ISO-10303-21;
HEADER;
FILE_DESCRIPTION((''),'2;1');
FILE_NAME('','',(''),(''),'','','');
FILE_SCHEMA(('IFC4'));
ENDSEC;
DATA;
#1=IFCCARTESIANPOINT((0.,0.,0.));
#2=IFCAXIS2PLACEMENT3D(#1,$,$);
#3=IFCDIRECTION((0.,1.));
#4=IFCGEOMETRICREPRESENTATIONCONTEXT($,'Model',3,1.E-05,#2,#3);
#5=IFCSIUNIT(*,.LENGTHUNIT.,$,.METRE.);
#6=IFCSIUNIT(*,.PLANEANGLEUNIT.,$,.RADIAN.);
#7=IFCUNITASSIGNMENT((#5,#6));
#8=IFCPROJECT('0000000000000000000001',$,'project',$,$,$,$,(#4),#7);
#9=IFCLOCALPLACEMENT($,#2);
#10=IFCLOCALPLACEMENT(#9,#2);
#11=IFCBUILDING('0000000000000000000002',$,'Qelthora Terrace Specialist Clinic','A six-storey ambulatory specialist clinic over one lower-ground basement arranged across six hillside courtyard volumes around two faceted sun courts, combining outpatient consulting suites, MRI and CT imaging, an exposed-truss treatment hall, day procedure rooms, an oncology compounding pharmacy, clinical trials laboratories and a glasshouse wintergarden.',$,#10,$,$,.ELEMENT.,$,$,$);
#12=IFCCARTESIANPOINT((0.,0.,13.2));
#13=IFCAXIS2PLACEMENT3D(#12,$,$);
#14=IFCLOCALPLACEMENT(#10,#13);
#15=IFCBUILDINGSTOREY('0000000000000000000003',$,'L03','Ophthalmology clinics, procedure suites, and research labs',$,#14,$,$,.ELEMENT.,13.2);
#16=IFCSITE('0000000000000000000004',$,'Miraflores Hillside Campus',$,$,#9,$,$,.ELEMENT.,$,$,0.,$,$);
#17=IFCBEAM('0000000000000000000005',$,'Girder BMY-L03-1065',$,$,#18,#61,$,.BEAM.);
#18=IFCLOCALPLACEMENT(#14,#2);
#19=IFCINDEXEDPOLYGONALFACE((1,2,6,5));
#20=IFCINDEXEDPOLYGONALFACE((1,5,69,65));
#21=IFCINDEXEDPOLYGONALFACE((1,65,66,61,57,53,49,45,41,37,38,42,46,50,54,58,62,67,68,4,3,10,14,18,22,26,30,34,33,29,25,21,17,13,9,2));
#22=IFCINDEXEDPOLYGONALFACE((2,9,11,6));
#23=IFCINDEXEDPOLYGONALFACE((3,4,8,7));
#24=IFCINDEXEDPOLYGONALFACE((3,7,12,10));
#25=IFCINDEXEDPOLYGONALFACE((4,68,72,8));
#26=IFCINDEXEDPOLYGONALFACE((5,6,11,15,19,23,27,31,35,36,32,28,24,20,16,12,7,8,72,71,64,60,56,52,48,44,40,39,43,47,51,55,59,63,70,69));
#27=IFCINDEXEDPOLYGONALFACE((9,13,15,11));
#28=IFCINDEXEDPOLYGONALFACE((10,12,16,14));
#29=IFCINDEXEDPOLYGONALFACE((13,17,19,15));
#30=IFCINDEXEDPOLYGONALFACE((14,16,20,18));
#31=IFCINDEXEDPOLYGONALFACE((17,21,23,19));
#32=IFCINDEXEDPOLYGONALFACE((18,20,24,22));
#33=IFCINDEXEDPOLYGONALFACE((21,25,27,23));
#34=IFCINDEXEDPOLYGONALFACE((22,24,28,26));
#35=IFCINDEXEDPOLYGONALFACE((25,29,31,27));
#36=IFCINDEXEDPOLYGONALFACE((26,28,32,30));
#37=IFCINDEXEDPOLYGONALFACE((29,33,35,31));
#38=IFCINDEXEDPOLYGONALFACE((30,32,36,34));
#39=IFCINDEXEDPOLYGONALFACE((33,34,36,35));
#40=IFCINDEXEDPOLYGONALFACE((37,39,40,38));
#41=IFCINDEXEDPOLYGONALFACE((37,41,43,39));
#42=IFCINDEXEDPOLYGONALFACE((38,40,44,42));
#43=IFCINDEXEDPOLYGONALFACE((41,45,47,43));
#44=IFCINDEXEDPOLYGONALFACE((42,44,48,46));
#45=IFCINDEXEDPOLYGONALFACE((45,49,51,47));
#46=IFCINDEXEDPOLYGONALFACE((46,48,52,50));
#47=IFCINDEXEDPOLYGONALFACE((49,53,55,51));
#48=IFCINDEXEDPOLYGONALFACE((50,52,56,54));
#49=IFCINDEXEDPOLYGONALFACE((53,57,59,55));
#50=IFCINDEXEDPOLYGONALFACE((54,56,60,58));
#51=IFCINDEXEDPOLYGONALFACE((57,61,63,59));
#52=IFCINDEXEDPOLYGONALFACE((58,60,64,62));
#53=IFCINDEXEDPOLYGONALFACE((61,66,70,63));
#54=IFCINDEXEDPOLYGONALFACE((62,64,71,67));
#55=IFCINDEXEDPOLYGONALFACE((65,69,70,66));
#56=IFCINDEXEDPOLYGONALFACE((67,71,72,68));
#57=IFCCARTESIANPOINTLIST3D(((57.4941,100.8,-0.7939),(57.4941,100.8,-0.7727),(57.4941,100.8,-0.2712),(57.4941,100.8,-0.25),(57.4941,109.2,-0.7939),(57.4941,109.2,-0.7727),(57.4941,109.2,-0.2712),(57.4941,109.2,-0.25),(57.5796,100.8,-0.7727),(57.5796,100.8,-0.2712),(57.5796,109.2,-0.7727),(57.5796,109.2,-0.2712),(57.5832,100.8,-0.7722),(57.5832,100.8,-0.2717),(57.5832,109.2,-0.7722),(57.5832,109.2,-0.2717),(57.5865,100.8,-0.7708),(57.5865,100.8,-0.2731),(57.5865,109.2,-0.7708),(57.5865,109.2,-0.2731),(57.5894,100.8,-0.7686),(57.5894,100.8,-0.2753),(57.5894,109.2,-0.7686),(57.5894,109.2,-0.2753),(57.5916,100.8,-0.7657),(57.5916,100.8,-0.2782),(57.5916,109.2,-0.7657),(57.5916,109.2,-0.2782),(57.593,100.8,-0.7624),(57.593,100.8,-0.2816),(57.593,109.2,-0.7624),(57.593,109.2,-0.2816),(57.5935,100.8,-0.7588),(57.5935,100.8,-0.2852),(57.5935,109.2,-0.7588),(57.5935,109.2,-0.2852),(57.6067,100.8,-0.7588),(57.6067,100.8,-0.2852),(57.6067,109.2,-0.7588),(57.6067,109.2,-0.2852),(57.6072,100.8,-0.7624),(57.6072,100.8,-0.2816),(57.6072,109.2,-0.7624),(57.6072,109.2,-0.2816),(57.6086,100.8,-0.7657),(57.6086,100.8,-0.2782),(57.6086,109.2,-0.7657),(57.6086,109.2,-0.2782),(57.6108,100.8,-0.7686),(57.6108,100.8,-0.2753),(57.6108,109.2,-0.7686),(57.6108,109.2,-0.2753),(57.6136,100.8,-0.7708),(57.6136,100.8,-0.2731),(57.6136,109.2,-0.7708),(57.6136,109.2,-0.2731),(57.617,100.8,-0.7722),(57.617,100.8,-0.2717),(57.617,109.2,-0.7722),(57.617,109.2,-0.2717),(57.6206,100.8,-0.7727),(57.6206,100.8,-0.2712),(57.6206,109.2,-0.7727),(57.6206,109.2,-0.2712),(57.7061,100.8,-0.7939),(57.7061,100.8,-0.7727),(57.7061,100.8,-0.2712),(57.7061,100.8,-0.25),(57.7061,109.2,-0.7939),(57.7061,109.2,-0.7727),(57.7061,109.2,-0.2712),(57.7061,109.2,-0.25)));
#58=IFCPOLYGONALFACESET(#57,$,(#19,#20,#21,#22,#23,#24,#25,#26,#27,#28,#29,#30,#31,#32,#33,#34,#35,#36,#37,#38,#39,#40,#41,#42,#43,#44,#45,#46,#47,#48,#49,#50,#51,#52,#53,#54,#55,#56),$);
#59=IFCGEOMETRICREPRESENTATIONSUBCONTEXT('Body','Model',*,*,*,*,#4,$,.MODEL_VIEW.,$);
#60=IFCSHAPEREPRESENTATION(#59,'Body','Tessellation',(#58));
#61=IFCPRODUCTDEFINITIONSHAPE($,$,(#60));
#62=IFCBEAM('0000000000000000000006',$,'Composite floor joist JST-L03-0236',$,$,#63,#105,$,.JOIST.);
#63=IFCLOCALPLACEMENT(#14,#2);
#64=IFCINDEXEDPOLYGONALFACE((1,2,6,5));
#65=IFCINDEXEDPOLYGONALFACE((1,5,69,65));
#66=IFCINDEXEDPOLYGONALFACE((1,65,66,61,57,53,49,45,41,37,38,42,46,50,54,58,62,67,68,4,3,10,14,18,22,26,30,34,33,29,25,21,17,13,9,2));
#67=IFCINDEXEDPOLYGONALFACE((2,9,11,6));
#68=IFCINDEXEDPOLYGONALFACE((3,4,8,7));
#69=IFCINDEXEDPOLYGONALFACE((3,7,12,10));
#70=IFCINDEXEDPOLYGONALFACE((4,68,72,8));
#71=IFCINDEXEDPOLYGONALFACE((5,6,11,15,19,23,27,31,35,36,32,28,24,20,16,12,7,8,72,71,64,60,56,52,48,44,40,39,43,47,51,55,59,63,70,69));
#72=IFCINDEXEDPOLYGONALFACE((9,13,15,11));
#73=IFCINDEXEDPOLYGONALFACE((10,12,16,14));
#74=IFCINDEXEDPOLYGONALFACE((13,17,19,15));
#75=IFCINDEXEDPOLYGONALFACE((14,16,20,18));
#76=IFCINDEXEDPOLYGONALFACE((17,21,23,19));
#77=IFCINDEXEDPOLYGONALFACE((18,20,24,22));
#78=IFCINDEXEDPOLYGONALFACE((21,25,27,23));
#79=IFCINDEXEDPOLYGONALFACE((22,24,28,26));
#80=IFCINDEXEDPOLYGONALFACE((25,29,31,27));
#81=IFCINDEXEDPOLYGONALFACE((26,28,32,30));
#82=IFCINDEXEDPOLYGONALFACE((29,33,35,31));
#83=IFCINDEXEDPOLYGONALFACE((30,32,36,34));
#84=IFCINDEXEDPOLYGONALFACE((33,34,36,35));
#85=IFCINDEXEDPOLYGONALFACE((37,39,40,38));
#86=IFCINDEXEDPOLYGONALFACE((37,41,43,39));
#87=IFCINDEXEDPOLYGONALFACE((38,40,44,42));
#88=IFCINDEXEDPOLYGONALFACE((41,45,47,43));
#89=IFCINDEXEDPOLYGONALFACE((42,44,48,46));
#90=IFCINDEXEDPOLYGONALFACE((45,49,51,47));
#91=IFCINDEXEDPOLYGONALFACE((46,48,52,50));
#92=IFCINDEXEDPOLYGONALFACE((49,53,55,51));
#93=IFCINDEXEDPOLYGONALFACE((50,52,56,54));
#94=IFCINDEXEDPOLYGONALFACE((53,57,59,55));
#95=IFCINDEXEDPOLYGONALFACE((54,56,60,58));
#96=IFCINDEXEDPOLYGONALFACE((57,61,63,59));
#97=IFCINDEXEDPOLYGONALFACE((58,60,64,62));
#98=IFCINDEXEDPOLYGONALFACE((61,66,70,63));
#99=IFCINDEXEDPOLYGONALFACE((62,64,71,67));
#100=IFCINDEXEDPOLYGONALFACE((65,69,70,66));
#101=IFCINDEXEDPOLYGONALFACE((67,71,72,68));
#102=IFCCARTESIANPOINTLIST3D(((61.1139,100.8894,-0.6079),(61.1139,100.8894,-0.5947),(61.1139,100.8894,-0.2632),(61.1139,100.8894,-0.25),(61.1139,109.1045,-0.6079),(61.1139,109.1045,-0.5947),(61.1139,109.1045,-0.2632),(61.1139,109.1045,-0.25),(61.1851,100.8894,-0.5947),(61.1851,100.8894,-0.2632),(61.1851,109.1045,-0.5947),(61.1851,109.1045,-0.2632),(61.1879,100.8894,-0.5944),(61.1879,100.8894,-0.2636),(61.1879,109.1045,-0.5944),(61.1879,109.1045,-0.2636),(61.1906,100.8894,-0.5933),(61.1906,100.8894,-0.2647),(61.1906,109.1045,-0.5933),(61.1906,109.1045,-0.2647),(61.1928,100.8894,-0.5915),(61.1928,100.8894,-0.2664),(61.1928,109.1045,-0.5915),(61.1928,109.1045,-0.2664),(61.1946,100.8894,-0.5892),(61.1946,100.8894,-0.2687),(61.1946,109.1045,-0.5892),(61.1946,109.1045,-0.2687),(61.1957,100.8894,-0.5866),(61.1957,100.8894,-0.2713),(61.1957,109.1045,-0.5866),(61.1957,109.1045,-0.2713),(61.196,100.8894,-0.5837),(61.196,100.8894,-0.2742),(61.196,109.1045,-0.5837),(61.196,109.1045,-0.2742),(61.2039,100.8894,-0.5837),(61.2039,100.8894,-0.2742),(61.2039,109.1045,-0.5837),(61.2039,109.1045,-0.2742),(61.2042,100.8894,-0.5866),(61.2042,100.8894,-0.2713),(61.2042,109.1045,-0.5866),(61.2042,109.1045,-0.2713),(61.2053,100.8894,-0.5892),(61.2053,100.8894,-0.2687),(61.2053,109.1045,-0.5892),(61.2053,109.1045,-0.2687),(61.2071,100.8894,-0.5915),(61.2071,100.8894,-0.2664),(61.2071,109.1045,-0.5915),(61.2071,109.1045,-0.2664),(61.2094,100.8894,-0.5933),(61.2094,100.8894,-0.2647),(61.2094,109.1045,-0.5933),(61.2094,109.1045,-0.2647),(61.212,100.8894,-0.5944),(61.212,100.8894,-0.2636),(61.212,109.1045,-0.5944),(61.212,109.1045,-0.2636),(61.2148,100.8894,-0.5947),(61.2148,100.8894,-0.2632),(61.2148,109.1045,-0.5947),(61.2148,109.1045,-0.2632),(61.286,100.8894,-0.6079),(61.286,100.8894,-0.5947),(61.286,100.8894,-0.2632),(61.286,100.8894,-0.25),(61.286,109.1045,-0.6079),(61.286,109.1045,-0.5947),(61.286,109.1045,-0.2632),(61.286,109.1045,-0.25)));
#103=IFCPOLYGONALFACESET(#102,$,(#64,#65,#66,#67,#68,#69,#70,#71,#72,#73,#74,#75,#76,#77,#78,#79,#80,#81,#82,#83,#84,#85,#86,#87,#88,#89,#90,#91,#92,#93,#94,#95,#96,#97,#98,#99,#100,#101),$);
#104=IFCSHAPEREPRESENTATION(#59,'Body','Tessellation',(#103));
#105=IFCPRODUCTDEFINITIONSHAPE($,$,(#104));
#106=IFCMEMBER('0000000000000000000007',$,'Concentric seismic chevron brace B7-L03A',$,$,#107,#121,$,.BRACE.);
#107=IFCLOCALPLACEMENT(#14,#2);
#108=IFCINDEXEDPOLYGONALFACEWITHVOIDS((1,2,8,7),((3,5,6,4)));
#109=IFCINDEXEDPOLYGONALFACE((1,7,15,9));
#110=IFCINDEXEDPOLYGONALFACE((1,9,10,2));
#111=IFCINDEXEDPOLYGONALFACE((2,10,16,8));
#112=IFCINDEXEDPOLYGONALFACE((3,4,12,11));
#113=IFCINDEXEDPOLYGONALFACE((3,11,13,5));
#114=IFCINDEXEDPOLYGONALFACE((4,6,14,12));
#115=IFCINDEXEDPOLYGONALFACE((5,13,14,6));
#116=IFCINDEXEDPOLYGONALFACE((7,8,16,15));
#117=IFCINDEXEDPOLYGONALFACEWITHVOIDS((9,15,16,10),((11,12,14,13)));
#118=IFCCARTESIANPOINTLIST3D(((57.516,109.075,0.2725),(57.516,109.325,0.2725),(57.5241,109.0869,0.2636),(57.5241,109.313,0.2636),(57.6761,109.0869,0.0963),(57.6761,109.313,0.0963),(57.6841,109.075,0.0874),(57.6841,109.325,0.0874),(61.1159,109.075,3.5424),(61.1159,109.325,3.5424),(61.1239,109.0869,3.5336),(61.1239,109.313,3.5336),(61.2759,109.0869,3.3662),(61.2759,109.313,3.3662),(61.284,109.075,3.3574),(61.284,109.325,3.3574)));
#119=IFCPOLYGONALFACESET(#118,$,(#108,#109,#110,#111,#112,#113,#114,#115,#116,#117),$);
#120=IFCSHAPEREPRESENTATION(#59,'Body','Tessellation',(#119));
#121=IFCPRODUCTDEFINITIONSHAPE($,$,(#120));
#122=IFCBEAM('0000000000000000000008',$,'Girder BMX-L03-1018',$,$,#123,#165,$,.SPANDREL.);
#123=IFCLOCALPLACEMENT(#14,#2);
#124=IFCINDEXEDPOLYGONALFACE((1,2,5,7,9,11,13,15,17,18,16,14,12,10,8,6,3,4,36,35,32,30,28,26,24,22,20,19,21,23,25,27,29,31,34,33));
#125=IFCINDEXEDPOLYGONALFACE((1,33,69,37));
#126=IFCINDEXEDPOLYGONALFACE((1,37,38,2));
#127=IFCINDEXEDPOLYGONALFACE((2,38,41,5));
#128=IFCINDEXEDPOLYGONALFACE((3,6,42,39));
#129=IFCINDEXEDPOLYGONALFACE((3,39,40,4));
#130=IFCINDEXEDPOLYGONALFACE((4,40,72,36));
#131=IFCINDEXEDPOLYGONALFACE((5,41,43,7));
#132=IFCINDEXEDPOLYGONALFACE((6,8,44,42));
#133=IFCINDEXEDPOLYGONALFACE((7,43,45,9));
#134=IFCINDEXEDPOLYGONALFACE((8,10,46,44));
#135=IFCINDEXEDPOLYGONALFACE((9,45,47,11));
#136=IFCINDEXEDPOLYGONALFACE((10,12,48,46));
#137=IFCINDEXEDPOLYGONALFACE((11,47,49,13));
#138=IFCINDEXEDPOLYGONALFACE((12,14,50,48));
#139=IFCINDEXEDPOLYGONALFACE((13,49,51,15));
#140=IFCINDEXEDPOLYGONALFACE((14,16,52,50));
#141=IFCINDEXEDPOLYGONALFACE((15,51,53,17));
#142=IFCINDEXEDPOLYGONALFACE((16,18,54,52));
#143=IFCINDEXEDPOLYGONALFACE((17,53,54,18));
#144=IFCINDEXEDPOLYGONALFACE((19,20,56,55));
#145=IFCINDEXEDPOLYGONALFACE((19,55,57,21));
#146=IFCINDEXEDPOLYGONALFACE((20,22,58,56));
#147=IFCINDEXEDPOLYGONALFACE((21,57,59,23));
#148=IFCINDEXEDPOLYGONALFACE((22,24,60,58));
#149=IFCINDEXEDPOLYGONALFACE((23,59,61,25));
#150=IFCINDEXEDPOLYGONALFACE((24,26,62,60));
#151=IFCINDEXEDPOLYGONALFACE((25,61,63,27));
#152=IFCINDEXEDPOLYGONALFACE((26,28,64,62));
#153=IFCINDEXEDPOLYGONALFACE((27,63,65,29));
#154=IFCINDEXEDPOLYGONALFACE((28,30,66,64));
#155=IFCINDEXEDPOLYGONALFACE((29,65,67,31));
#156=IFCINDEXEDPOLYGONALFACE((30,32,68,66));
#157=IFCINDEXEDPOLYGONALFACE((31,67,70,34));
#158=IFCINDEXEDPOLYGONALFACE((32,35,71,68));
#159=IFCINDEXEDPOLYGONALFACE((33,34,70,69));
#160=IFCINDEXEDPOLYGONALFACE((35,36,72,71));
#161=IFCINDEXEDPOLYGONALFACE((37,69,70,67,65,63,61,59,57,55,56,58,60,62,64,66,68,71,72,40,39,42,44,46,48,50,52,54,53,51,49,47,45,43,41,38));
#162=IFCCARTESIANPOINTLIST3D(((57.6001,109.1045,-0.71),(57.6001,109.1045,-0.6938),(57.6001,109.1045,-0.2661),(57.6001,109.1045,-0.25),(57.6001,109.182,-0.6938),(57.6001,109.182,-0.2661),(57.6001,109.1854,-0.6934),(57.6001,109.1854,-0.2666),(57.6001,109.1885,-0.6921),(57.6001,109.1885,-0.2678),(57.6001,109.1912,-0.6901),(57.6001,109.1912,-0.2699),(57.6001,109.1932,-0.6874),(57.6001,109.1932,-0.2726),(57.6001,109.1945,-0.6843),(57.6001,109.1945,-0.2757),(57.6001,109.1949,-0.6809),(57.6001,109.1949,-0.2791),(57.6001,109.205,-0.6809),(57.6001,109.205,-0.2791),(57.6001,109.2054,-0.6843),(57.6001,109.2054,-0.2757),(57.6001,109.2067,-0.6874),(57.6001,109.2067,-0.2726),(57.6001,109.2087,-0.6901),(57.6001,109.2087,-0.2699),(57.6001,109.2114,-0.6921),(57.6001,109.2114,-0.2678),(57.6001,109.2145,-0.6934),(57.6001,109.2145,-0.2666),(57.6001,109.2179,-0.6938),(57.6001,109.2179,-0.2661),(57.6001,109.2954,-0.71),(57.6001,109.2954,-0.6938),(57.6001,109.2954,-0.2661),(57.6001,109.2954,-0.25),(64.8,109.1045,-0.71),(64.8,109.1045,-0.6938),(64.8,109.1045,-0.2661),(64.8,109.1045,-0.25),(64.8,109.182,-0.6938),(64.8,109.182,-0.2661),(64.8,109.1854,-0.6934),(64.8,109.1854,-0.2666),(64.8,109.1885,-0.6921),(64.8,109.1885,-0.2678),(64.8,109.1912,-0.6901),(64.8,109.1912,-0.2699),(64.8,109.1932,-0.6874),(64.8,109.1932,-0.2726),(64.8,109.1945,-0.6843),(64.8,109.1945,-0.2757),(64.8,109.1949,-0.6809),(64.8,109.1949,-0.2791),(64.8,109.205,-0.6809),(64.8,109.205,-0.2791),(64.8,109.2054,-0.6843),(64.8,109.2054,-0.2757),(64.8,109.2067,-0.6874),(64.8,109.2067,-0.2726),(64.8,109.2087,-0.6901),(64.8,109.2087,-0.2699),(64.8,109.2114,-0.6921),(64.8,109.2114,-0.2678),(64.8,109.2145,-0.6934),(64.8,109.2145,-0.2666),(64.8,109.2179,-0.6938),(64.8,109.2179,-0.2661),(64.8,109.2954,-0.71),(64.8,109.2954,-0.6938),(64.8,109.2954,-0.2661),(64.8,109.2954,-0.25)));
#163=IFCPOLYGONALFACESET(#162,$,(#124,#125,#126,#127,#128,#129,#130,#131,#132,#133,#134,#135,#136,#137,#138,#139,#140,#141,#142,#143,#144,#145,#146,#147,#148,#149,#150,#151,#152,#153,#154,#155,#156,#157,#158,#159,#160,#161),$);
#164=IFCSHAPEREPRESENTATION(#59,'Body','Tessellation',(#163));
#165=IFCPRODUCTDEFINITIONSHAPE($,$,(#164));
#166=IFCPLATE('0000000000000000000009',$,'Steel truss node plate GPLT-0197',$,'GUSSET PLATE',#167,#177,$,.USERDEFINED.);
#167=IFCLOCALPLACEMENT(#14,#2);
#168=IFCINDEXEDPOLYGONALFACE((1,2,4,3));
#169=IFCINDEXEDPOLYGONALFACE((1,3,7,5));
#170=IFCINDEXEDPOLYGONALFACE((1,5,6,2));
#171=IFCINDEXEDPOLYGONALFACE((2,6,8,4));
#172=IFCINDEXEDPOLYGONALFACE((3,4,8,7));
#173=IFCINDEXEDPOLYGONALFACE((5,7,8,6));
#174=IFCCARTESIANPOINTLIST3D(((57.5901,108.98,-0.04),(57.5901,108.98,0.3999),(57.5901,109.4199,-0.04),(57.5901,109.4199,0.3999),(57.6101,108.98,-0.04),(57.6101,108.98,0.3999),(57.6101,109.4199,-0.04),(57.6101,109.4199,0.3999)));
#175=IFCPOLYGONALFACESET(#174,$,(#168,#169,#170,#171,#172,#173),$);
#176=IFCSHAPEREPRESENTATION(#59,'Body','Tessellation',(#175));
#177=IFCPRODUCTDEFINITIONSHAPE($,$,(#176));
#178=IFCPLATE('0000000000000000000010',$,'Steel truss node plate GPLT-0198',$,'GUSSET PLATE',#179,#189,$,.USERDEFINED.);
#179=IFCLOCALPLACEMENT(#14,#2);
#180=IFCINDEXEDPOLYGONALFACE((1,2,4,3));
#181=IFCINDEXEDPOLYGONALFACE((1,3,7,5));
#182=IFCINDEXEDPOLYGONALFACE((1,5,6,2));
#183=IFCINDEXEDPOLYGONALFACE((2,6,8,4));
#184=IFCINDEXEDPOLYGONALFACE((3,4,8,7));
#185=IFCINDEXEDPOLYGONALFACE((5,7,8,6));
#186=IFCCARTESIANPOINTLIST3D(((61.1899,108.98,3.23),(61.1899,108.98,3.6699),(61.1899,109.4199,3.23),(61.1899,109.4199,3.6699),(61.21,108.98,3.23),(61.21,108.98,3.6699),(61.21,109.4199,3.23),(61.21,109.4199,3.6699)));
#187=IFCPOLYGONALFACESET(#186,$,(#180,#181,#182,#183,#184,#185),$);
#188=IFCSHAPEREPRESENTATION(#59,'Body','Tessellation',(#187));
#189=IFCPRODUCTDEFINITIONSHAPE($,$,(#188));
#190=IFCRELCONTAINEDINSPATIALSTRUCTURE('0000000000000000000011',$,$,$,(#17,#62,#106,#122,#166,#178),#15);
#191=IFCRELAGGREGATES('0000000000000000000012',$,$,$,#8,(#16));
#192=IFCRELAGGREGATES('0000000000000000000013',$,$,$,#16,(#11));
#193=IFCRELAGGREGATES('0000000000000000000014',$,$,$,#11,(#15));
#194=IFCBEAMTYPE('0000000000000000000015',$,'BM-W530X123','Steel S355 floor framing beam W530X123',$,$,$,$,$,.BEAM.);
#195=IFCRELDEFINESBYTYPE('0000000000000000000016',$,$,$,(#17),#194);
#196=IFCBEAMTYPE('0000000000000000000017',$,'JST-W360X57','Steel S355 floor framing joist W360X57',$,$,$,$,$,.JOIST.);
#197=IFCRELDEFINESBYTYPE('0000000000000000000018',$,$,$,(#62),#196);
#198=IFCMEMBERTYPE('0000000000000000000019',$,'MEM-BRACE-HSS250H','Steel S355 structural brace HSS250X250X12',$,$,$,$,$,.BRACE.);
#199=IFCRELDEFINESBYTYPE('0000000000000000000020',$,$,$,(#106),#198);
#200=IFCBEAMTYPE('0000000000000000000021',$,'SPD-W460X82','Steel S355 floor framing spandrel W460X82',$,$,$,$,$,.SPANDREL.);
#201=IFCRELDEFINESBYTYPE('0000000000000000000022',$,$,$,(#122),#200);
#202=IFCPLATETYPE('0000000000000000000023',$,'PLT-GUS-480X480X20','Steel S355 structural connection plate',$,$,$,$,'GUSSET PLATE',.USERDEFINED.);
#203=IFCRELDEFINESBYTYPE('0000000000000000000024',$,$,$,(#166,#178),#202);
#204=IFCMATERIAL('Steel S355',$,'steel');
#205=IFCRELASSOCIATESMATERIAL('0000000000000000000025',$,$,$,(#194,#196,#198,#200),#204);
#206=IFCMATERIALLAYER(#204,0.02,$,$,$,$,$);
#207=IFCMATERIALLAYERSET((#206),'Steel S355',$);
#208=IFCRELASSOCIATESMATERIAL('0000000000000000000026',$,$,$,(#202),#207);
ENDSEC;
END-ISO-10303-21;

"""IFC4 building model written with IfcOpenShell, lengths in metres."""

from ifc_helpers import new_model, si_unit, direction, frame, origin, origin_2d, place, context, subcontext, project, spatial, rectangle, hollow_rectangle, i_section, extrude, material, layer, layer_set, material_profile, profile_set, type_object, element, save


model = new_model("IFC4")

# Units and contexts
model_context = context("Model", 3, precision=1e-05, world=origin(), true_north=direction((0.0, 1.0)))
body_context = subcontext(model_context, "Body", "Model", "MODEL_VIEW")
ifc_project = project(units=[si_unit("LENGTHUNIT", "METRE"), si_unit("PLANEANGLEUNIT", "RADIAN")], contexts=[model_context])

# Site, building, storey
site_placement = place(None, origin())
site = spatial("IfcSite", under=ifc_project, at=site_placement, Name="Miraflores Hillside Campus", CompositionType="ELEMENT", RefElevation=0.0)
building_placement = place(site_placement, origin())
building = spatial("IfcBuilding", under=site, at=building_placement, Name="Qelthora Terrace Specialist Clinic", Description="A six-storey ambulatory specialist clinic over one lower-ground basement arranged across six hillside courtyard volumes around two faceted sun courts, combining outpatient consulting suites, MRI and CT imaging, an exposed-truss treatment hall, day procedure rooms, an oncology compounding pharmacy, clinical trials laboratories and a glasshouse wintergarden.", CompositionType="ELEMENT")
storey_placement = place(building_placement, frame((0.0, 0.0, 13.2)))
storey = spatial("IfcBuildingStorey", under=building, at=storey_placement, Name="L03", Description="Ophthalmology clinics, procedure suites, and research labs", CompositionType="ELEMENT", Elevation=13.2)

# Shared definitions
ifc_material_1 = material(Name="Steel S355", Category="steel")

# Beams
ifc_material_profile_1 = material_profile(ifc_material_1, i_section(OverallWidth=0.2119, OverallDepth=0.5439, WebThickness=0.0132, FlangeThickness=0.0212, FilletRadius=0.0139, at=origin_2d()), Name="W530X123")
ifc_profile_set_1 = profile_set([ifc_material_profile_1], Name="Steel S355")
beam_type_1 = type_object("IfcBeamType", Name="BM-W530X123", Description="Steel S355 floor framing beam W530X123", PredefinedType="BEAM", material=ifc_profile_set_1)
beam_1_placement = place(storey_placement, frame((57.6001, 100.8, -0.522), z_axis=(0.0, 1.0, 0.0), x_axis=(-1.0, 0.0, 0.0)))
element("IfcBeam", 1, at=beam_1_placement, inside=storey, type_object=beam_type_1, Name="Girder BMY-L03-1065", PredefinedType="BEAM", context=body_context, shape_type="SweptSolid", body=[
    extrude(i_section(OverallWidth=0.2119, OverallDepth=0.5439, WebThickness=0.0132, FlangeThickness=0.0212, FilletRadius=0.0139, at=origin_2d()), origin(), (0.0, 0.0, 1.0), 8.3999),
])
ifc_material_profile_2 = material_profile(ifc_material_1, i_section(OverallWidth=0.1721, OverallDepth=0.3579, WebThickness=0.0078, FlangeThickness=0.0132, FilletRadius=0.011, at=origin_2d()), Name="W360X57")
ifc_profile_set_2 = profile_set([ifc_material_profile_2], Name="Steel S355")
beam_type_2 = type_object("IfcBeamType", Name="JST-W360X57", Description="Steel S355 floor framing joist W360X57", PredefinedType="JOIST", material=ifc_profile_set_2)
beam_2_placement = place(storey_placement, frame((61.2, 100.8894, -0.429), z_axis=(0.0, 1.0, 0.0), x_axis=(-1.0, 0.0, 0.0)))
element("IfcBeam", 2, at=beam_2_placement, inside=storey, type_object=beam_type_2, Name="Composite floor joist JST-L03-0236", PredefinedType="JOIST", context=body_context, shape_type="SweptSolid", body=[
    extrude(i_section(OverallWidth=0.1721, OverallDepth=0.3579, WebThickness=0.0078, FlangeThickness=0.0132, FilletRadius=0.011, at=origin_2d()), origin(), (0.0, 0.0, 1.0), 8.2151),
])

# Member
ifc_material_profile_3 = material_profile(ifc_material_1, hollow_rectangle(XDim=0.25, YDim=0.25, WallThickness=0.012, at=origin_2d()), Name="HSS250X250X12")
ifc_profile_set_3 = profile_set([ifc_material_profile_3], Name="Steel S355")
member_type = type_object("IfcMemberType", Name="MEM-BRACE-HSS250H", Description="Steel S355 structural brace HSS250X250X12", PredefinedType="BRACE", material=ifc_profile_set_3)
member_placement = place(storey_placement, frame((57.6001, 109.2, 0.1799), z_axis=(0.740204, 0.0, 0.672383), x_axis=(0.0, 1.0, 0.0)))
element("IfcMember", 3, at=member_placement, inside=storey, type_object=member_type, Name="Concentric seismic chevron brace B7-L03A", PredefinedType="BRACE", context=body_context, shape_type="SweptSolid", body=[
    extrude(hollow_rectangle(XDim=0.25, YDim=0.25, WallThickness=0.012, at=origin_2d()), origin(), (0.0, 0.0, 1.0), 4.8633),
])

# Beam
ifc_material_profile_4 = material_profile(ifc_material_1, i_section(OverallWidth=0.1909, OverallDepth=0.46, WebThickness=0.01, FlangeThickness=0.0161, FilletRadius=0.0129, at=origin_2d()), Name="W460X82")
ifc_profile_set_4 = profile_set([ifc_material_profile_4], Name="Steel S355")
beam_type_3 = type_object("IfcBeamType", Name="SPD-W460X82", Description="Steel S355 floor framing spandrel W460X82", PredefinedType="SPANDREL", material=ifc_profile_set_4)
beam_3_placement = place(storey_placement, frame((57.6001, 109.2, -0.48), z_axis=(1.0, 0.0, 0.0), x_axis=(0.0, 1.0, 0.0)))
element("IfcBeam", 4, at=beam_3_placement, inside=storey, type_object=beam_type_3, Name="Girder BMX-L03-1018", PredefinedType="SPANDREL", context=body_context, shape_type="SweptSolid", body=[
    extrude(i_section(OverallWidth=0.1909, OverallDepth=0.46, WebThickness=0.01, FlangeThickness=0.0161, FilletRadius=0.0129, at=origin_2d()), origin(), (0.0, 0.0, 1.0), 7.2),
])

# Plates
ifc_layer_1 = layer(ifc_material_1, 0.02)
ifc_layer_set_1 = layer_set([ifc_layer_1], Name="Steel S355")
plate_type = type_object("IfcPlateType", Name="PLT-GUS-480X480X20", Description="Steel S355 structural connection plate", ElementType="GUSSET PLATE", PredefinedType="USERDEFINED", material=ifc_layer_set_1)
for number, where, z_axis, x_axis, name in (
    (5, (57.6001, 109.2, -0.04), (0.0, 0.0, 1.0), (1.0, 0.0, 0.0), "Steel truss node plate GPLT-0197"),
    (6, (61.2, 109.2, 3.23), (0.0, 0.0, 1.0), (1.0, 0.0, 0.0), "Steel truss node plate GPLT-0198"),
):
    element("IfcPlate", number, at=place(storey_placement, frame(where, z_axis=z_axis, x_axis=x_axis)), inside=storey, type_object=plate_type, Name=name, ObjectType="GUSSET PLATE", PredefinedType="USERDEFINED", context=body_context, shape_type="SweptSolid", body=[
        extrude(rectangle(XDim=0.02, YDim=0.4399, at=origin_2d()), origin(), (0.0, 0.0, 1.0), 0.4399),
    ])

save(model, "model.ifc")
